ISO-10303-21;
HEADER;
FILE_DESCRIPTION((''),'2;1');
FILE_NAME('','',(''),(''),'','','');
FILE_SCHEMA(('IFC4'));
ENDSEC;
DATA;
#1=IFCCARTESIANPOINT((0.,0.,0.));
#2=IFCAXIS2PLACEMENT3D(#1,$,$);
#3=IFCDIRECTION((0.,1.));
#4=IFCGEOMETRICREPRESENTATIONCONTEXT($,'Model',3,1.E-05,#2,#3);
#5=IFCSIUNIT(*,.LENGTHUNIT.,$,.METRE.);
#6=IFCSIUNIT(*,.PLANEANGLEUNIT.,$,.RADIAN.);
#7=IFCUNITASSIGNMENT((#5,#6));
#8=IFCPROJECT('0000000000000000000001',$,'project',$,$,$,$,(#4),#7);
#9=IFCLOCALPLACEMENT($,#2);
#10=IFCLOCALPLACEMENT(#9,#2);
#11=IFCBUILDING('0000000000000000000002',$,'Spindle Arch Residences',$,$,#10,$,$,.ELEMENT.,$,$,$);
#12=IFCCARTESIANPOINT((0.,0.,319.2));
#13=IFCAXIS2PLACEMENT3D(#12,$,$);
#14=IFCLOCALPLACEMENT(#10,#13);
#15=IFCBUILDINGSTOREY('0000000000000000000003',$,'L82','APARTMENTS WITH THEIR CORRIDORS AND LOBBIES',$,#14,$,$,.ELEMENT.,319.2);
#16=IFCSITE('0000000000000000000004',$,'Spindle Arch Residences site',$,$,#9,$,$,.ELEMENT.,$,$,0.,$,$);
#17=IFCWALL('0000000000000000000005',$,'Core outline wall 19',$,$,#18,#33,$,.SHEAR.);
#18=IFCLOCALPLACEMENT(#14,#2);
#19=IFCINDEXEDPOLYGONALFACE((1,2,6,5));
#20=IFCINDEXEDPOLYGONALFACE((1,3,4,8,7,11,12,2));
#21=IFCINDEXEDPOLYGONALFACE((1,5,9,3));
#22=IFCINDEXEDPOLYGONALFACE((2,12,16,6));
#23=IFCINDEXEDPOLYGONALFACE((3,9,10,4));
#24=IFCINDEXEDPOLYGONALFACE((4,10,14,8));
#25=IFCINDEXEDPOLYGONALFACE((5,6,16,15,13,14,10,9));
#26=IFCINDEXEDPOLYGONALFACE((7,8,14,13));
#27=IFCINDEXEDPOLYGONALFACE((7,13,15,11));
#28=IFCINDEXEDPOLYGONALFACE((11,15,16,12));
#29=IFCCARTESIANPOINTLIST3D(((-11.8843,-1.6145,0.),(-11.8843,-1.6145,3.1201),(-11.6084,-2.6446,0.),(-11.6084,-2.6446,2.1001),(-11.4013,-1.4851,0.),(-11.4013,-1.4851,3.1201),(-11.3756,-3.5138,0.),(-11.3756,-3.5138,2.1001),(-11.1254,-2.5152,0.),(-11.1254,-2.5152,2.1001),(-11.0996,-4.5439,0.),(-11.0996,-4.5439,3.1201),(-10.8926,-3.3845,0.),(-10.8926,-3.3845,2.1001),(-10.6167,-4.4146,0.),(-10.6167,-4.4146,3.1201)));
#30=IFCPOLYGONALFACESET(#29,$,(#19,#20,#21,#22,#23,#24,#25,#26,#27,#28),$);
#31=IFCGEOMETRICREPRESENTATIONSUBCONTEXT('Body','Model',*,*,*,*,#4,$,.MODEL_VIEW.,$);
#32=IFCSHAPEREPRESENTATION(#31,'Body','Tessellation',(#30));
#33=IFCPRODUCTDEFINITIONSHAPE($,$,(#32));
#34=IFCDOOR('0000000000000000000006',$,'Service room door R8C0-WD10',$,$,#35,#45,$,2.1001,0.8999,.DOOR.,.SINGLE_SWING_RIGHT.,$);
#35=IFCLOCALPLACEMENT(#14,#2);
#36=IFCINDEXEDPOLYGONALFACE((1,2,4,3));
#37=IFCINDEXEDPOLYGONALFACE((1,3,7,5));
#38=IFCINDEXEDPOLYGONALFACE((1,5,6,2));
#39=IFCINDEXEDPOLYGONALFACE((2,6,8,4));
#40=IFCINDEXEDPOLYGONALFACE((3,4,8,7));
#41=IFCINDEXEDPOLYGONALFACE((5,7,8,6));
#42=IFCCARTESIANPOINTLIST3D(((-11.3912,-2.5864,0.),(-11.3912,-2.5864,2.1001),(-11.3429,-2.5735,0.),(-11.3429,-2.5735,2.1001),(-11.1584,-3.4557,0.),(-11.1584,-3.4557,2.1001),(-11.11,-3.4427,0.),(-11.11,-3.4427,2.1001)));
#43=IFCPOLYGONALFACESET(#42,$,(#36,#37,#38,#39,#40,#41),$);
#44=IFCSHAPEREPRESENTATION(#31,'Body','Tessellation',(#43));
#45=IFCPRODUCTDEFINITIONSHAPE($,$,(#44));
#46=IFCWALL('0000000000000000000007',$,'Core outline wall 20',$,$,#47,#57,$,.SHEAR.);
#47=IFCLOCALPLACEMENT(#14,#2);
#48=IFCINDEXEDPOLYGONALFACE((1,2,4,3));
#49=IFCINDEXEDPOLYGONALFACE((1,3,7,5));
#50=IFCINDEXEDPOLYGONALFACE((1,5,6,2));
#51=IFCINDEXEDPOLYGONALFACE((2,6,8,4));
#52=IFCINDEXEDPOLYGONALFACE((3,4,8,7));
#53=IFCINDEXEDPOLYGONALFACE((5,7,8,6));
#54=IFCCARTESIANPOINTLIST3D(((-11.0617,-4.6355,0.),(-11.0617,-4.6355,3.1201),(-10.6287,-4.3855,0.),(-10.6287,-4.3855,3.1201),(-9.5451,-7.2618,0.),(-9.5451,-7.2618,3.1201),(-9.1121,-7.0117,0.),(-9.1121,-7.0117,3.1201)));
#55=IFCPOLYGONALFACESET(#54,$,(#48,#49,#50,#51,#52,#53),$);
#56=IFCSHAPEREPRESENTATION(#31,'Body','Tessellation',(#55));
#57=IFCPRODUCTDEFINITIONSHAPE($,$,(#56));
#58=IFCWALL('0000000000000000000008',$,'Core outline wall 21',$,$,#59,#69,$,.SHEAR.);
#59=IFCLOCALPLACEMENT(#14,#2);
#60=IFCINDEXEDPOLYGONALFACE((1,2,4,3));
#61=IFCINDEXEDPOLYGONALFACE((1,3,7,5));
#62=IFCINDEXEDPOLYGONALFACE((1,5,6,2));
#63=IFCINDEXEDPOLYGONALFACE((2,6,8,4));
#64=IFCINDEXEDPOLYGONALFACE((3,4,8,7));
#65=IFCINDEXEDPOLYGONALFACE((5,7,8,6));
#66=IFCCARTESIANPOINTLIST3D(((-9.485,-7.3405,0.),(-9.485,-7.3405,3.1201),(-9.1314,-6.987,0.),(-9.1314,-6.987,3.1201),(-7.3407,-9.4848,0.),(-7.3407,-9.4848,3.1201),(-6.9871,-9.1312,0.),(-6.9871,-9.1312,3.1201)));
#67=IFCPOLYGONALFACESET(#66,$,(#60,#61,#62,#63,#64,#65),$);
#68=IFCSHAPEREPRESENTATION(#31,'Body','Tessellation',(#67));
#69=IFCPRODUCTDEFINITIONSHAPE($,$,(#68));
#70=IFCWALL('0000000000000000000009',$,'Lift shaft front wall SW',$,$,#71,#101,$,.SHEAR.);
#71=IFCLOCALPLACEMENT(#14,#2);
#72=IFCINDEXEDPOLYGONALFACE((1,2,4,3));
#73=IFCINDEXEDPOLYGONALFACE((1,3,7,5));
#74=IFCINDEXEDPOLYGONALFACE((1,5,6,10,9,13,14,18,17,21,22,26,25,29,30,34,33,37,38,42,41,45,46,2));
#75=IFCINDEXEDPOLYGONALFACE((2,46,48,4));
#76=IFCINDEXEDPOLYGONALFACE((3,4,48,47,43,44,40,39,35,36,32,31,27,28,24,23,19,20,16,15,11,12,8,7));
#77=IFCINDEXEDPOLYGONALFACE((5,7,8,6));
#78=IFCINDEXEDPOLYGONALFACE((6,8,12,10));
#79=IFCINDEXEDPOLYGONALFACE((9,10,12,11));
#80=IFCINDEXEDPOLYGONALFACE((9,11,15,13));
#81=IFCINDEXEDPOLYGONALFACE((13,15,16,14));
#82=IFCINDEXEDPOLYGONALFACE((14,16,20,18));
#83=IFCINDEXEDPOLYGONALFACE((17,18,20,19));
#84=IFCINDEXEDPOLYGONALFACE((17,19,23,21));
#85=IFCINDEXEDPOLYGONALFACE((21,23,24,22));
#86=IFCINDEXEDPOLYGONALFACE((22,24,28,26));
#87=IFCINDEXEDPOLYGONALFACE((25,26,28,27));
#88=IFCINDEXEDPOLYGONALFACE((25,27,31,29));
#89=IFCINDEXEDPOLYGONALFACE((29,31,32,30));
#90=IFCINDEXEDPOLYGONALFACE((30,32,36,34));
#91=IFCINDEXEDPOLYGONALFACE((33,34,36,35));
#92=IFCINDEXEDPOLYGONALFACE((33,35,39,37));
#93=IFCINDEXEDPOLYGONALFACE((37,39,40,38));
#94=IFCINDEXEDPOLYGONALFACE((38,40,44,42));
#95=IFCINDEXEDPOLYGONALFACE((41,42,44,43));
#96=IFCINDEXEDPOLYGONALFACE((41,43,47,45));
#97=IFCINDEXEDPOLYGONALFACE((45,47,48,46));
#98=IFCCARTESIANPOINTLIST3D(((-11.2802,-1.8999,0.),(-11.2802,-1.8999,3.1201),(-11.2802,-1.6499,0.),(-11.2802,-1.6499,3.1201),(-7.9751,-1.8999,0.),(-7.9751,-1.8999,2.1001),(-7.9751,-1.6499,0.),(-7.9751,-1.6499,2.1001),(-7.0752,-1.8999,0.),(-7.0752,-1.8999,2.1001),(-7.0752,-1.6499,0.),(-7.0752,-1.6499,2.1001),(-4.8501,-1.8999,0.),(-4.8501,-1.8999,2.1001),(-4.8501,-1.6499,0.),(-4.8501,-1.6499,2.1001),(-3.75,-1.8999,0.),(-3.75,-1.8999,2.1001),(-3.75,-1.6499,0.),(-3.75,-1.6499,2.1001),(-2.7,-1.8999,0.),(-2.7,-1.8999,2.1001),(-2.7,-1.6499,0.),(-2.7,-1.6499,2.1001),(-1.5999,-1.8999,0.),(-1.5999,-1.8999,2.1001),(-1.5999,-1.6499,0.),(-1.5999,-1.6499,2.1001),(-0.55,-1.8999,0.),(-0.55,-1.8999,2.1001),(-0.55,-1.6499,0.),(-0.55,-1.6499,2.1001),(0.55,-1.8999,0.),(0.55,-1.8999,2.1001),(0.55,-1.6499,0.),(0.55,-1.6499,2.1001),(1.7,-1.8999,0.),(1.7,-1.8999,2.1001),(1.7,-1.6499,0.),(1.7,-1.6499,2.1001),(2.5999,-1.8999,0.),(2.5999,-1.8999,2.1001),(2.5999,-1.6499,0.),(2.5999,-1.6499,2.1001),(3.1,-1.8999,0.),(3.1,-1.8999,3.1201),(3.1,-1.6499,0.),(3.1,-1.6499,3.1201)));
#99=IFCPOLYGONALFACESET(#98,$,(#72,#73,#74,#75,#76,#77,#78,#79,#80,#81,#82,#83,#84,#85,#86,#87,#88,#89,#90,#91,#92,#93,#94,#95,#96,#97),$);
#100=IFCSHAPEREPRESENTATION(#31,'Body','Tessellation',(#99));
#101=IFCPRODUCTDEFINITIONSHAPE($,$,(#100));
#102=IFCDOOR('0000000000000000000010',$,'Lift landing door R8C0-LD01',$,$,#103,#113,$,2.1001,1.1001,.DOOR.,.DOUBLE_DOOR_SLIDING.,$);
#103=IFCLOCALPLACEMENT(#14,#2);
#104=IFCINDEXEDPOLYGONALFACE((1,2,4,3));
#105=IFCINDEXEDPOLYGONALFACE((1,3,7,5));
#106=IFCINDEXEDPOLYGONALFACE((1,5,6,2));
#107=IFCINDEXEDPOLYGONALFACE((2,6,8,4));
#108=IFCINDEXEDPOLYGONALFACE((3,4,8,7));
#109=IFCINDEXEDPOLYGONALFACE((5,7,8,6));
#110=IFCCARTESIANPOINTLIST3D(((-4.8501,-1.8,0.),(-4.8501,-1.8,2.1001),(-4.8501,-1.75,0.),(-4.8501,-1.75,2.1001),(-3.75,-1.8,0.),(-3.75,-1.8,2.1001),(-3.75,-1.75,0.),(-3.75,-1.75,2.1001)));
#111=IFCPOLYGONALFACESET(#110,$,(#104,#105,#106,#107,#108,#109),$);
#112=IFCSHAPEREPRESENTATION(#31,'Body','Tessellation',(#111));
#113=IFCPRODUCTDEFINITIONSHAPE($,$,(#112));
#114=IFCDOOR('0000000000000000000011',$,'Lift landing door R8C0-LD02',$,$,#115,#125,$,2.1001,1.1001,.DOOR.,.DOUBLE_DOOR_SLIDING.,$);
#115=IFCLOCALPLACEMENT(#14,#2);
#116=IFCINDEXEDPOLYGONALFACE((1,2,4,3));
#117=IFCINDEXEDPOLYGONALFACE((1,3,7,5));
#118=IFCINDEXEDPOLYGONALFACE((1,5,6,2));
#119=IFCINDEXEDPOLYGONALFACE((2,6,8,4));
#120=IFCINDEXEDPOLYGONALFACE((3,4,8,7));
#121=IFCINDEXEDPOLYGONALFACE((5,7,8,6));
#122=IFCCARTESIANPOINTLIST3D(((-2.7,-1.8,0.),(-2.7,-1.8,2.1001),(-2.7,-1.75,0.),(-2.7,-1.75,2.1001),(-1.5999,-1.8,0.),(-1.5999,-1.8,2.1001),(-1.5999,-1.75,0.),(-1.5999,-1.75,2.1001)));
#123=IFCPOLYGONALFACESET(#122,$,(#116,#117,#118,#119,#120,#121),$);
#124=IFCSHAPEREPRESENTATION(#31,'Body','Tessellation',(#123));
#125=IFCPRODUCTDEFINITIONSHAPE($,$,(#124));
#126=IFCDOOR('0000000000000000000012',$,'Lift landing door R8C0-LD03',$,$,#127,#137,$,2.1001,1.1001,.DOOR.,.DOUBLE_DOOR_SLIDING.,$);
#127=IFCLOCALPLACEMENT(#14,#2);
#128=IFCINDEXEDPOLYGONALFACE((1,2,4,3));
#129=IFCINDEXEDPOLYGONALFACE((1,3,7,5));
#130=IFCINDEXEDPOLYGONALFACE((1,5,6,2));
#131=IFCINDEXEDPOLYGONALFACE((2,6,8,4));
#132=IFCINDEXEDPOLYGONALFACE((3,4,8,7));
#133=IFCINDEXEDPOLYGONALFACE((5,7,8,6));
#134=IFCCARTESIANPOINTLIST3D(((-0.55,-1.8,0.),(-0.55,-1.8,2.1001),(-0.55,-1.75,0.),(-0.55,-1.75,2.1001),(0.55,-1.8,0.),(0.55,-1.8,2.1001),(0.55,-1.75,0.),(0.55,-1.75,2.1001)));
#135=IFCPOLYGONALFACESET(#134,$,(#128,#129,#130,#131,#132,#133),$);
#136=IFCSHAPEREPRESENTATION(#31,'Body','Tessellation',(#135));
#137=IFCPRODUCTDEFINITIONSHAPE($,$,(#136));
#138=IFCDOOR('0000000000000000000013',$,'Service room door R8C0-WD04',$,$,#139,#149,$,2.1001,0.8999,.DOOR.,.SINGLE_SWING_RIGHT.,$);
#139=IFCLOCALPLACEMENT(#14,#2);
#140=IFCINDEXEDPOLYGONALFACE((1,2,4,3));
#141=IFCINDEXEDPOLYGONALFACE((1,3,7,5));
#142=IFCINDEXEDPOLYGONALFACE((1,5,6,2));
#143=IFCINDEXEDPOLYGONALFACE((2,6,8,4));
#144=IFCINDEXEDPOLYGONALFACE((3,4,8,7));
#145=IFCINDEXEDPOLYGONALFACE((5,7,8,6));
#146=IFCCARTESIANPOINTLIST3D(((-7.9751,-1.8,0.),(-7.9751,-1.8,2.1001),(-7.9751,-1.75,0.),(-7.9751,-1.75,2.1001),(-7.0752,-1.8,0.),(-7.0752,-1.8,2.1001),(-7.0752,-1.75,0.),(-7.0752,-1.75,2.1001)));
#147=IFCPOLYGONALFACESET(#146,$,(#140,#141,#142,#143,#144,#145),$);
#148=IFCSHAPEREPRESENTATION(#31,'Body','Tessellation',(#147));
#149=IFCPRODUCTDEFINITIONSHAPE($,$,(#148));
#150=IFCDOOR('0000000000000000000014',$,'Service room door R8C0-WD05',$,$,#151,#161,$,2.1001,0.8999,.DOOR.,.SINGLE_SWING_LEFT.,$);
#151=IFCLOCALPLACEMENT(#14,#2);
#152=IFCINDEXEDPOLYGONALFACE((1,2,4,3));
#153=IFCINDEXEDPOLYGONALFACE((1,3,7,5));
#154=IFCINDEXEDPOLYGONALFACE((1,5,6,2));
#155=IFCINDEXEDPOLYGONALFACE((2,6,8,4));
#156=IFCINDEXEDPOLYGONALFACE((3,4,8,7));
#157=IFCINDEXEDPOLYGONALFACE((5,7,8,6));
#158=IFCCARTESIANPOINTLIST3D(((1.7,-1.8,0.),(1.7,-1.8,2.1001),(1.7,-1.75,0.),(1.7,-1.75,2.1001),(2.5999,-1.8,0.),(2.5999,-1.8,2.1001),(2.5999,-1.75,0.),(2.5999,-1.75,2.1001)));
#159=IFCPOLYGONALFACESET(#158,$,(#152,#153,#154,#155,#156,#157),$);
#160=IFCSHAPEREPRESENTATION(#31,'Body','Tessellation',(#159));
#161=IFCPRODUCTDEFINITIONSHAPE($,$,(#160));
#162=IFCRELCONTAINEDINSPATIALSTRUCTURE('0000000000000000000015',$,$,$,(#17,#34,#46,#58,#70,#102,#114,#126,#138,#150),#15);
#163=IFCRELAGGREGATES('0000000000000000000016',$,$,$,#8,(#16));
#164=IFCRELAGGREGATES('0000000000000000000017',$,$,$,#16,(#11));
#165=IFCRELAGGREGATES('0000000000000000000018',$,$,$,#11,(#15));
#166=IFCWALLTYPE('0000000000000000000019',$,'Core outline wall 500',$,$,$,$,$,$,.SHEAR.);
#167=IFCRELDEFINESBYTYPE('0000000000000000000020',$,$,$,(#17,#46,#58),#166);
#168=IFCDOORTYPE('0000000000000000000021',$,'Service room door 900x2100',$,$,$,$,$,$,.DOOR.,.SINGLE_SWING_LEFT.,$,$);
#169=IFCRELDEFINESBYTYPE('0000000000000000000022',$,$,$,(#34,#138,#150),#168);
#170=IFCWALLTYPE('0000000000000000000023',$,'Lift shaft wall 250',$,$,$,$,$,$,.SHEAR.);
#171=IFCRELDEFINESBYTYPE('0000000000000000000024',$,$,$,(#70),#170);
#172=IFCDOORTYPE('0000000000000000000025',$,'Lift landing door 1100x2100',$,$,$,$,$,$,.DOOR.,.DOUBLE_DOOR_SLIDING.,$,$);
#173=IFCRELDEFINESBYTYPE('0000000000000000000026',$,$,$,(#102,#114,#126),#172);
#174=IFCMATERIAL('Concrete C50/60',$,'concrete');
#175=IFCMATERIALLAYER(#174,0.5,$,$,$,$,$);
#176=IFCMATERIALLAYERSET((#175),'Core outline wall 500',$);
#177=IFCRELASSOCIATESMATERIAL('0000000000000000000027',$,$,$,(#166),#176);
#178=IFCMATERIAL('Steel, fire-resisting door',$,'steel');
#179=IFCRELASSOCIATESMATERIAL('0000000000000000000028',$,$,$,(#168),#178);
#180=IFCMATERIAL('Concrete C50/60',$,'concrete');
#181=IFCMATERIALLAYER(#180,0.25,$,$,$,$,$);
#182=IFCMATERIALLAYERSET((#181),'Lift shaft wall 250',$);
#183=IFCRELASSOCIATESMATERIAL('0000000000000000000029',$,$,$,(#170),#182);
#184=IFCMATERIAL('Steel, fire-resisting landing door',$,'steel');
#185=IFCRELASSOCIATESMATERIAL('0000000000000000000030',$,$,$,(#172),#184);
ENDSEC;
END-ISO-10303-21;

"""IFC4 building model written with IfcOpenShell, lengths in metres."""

from ifc_helpers import new_model, si_unit, direction, frame, frame_2d, origin, place, context, subcontext, project, spatial, rectangle, extrude, material, layer, layer_set, type_object, element, fill, save


model = new_model("IFC4")

# Units and contexts
model_context = context("Model", 3, precision=1e-05, world=origin(), true_north=direction((0.0, 1.0)))
body_context = subcontext(model_context, "Body", "Model", "MODEL_VIEW")
ifc_project = project(units=[si_unit("LENGTHUNIT", "METRE"), si_unit("PLANEANGLEUNIT", "RADIAN")], contexts=[model_context])

# Site, building, storey
site_placement = place(None, origin())
site = spatial("IfcSite", under=ifc_project, at=site_placement, Name="Spindle Arch Residences site", CompositionType="ELEMENT", RefElevation=0.0)
building_placement = place(site_placement, origin())
building = spatial("IfcBuilding", under=site, at=building_placement, Name="Spindle Arch Residences", CompositionType="ELEMENT")
storey_placement = place(building_placement, frame((0.0, 0.0, 319.2)))
storey = spatial("IfcBuildingStorey", under=building, at=storey_placement, Name="L82", Description="APARTMENTS WITH THEIR CORRIDORS AND LOBBIES", CompositionType="ELEMENT", Elevation=319.2)

# Wall, opening, door
ifc_material_1 = material(Name="Concrete C50/60", Category="concrete")
ifc_layer_1 = layer(ifc_material_1, 0.5)
ifc_layer_set_1 = layer_set([ifc_layer_1], Name="Core outline wall 500")
wall_type_1 = type_object("IfcWallType", Name="Core outline wall 500", PredefinedType="SHEAR", material=ifc_layer_set_1)
wall_1_placement = place(storey_placement, frame((-11.6428, -1.5498, 0.0), z_axis=(0.0, 0.0, 1.0), x_axis=(0.258735, -0.965948, 0.0)))
wall_1 = element("IfcWall", 1, at=wall_1_placement, inside=storey, type_object=wall_type_1, Name="Core outline wall 19", PredefinedType="SHEAR", context=body_context, shape_type="SweptSolid", body=[
    extrude(rectangle(XDim=3.0327, YDim=0.5, at=frame_2d((1.5164, 0.0))), origin(), (0.0, 0.0, 1.0), 3.1201),
])
opening_1_placement = place(wall_1_placement, frame((1.0664, 0.0, 0.0)))
opening_1 = element("IfcOpeningElement", 2, at=opening_1_placement, cuts=wall_1, PredefinedType="OPENING", context=body_context, shape_type="SweptSolid", body=[
    extrude(rectangle(XDim=0.8999, YDim=2.1001, at=frame_2d((0.45, 1.05))), frame((0.0, 0.26, 0.0), z_axis=(0.0, -1.0, 0.0), x_axis=(1.0, 0.0, 0.0)), (0.0, 0.0, 1.0), 0.52),
])
ifc_material_2 = material(Name="Steel, fire-resisting door", Category="steel")
door_type_1 = type_object("IfcDoorType", Name="Service room door 900x2100", OperationType="SINGLE_SWING_LEFT", PredefinedType="DOOR", material=ifc_material_2)
door_1_placement = place(opening_1_placement, origin())
door_1 = element("IfcDoor", 3, at=door_1_placement, inside=storey, type_object=door_type_1, Name="Service room door R8C0-WD10", OperationType="SINGLE_SWING_RIGHT", OverallHeight=2.1001, OverallWidth=0.8999, PredefinedType="DOOR", context=body_context, shape_type="SweptSolid", body=[
    extrude(rectangle(XDim=0.8999, YDim=2.1001, at=frame_2d((0.45, 1.05))), frame((0.0, 0.0249, 0.0), z_axis=(0.0, -1.0, 0.0), x_axis=(1.0, 0.0, 0.0)), (0.0, 0.0, 1.0), 0.05),
])
fill(opening_1, door_1)

# Walls
wall_2_placement = place(storey_placement, frame((-10.8452, -4.5105, 0.0), z_axis=(0.0, 0.0, 1.0), x_axis=(0.500087, -0.865975, 0.0)))
element("IfcWall", 4, at=wall_2_placement, inside=storey, type_object=wall_type_1, Name="Core outline wall 20", PredefinedType="SHEAR", context=body_context, shape_type="SweptSolid", body=[
    extrude(rectangle(XDim=3.0327, YDim=0.5, at=frame_2d((1.5164, 0.0))), origin(), (0.0, 0.0, 1.0), 3.1201),
])
wall_3_placement = place(storey_placement, frame((-9.3081, -7.1638, 0.0), z_axis=(0.0, 0.0, 1.0), x_axis=(0.707107, -0.707107, 0.0)))
element("IfcWall", 5, at=wall_3_placement, inside=storey, type_object=wall_type_1, Name="Core outline wall 21", PredefinedType="SHEAR", context=body_context, shape_type="SweptSolid", body=[
    extrude(rectangle(XDim=3.0325, YDim=0.5, at=frame_2d((1.5161, 0.0))), origin(), (0.0, 0.0, 1.0), 3.1201),
])

# Wall, openings, doors
ifc_material_3 = material(Name="Concrete C50/60", Category="concrete")
ifc_layer_2 = layer(ifc_material_3, 0.25)
ifc_layer_set_2 = layer_set([ifc_layer_2], Name="Lift shaft wall 250")
wall_type_2 = type_object("IfcWallType", Name="Lift shaft wall 250", PredefinedType="SHEAR", material=ifc_layer_set_2)
wall_4_placement = place(storey_placement, frame((-11.28, -1.7749, 0.0), z_axis=(0.0, 0.0, 1.0), x_axis=(1.0, 0.0, 0.0)))
wall_4 = element("IfcWall", 6, at=wall_4_placement, inside=storey, type_object=wall_type_2, Name="Lift shaft front wall SW", PredefinedType="SHEAR", context=body_context, shape_type="SweptSolid", body=[
    extrude(rectangle(XDim=14.3801, YDim=0.25, at=frame_2d((7.1899, 0.0))), origin(), (0.0, 0.0, 1.0), 3.1201),
])
opening_2_placement = place(wall_4_placement, frame((6.4299, 0.0, 0.0)))
opening_2 = element("IfcOpeningElement", 7, at=opening_2_placement, cuts=wall_4, PredefinedType="OPENING", context=body_context, shape_type="SweptSolid", body=[
    extrude(rectangle(XDim=1.1001, YDim=2.1001, at=frame_2d((0.55, 1.05))), frame((0.0, 0.135, 0.0), z_axis=(0.0, -1.0, 0.0), x_axis=(1.0, 0.0, 0.0)), (0.0, 0.0, 1.0), 0.27),
])
opening_3_placement = place(wall_4_placement, frame((8.5801, 0.0, 0.0)))
opening_3 = element("IfcOpeningElement", 8, at=opening_3_placement, cuts=wall_4, PredefinedType="OPENING", context=body_context, shape_type="SweptSolid", body=[
    extrude(rectangle(XDim=1.1001, YDim=2.1001, at=frame_2d((0.55, 1.05))), frame((0.0, 0.135, 0.0), z_axis=(0.0, -1.0, 0.0), x_axis=(1.0, 0.0, 0.0)), (0.0, 0.0, 1.0), 0.27),
])
opening_4_placement = place(wall_4_placement, frame((10.73, 0.0, 0.0)))
opening_4 = element("IfcOpeningElement", 9, at=opening_4_placement, cuts=wall_4, PredefinedType="OPENING", context=body_context, shape_type="SweptSolid", body=[
    extrude(rectangle(XDim=1.1001, YDim=2.1001, at=frame_2d((0.55, 1.05))), frame((0.0, 0.135, 0.0), z_axis=(0.0, -1.0, 0.0), x_axis=(1.0, 0.0, 0.0)), (0.0, 0.0, 1.0), 0.27),
])
opening_5_placement = place(wall_4_placement, frame((3.3049, 0.0, 0.0)))
opening_5 = element("IfcOpeningElement", 10, at=opening_5_placement, cuts=wall_4, PredefinedType="OPENING", context=body_context, shape_type="SweptSolid", body=[
    extrude(rectangle(XDim=0.8999, YDim=2.1001, at=frame_2d((0.45, 1.05))), frame((0.0, 0.135, 0.0), z_axis=(0.0, -1.0, 0.0), x_axis=(1.0, 0.0, 0.0)), (0.0, 0.0, 1.0), 0.27),
])
opening_6_placement = place(wall_4_placement, frame((12.98, 0.0, 0.0)))
opening_6 = element("IfcOpeningElement", 11, at=opening_6_placement, cuts=wall_4, PredefinedType="OPENING", context=body_context, shape_type="SweptSolid", body=[
    extrude(rectangle(XDim=0.8999, YDim=2.1001, at=frame_2d((0.45, 1.05))), frame((0.0, 0.135, 0.0), z_axis=(0.0, -1.0, 0.0), x_axis=(1.0, 0.0, 0.0)), (0.0, 0.0, 1.0), 0.27),
])
ifc_material_4 = material(Name="Steel, fire-resisting landing door", Category="steel")
door_type_2 = type_object("IfcDoorType", Name="Lift landing door 1100x2100", OperationType="DOUBLE_DOOR_SLIDING", PredefinedType="DOOR", material=ifc_material_4)
door_2_placement = place(opening_2_placement, origin())
door_2 = element("IfcDoor", 12, at=door_2_placement, inside=storey, type_object=door_type_2, Name="Lift landing door R8C0-LD01", OperationType="DOUBLE_DOOR_SLIDING", OverallHeight=2.1001, OverallWidth=1.1001, PredefinedType="DOOR", context=body_context, shape_type="SweptSolid", body=[
    extrude(rectangle(XDim=1.1001, YDim=2.1001, at=frame_2d((0.55, 1.05))), frame((0.0, 0.0249, 0.0), z_axis=(0.0, -1.0, 0.0), x_axis=(1.0, 0.0, 0.0)), (0.0, 0.0, 1.0), 0.05),
])
fill(opening_2, door_2)
door_3_placement = place(opening_3_placement, origin())
door_3 = element("IfcDoor", 13, at=door_3_placement, inside=storey, type_object=door_type_2, Name="Lift landing door R8C0-LD02", OperationType="DOUBLE_DOOR_SLIDING", OverallHeight=2.1001, OverallWidth=1.1001, PredefinedType="DOOR", context=body_context, shape_type="SweptSolid", body=[
    extrude(rectangle(XDim=1.1001, YDim=2.1001, at=frame_2d((0.55, 1.05))), frame((0.0, 0.0249, 0.0), z_axis=(0.0, -1.0, 0.0), x_axis=(1.0, 0.0, 0.0)), (0.0, 0.0, 1.0), 0.05),
])
fill(opening_3, door_3)
door_4_placement = place(opening_4_placement, origin())
door_4 = element("IfcDoor", 14, at=door_4_placement, inside=storey, type_object=door_type_2, Name="Lift landing door R8C0-LD03", OperationType="DOUBLE_DOOR_SLIDING", OverallHeight=2.1001, OverallWidth=1.1001, PredefinedType="DOOR", context=body_context, shape_type="SweptSolid", body=[
    extrude(rectangle(XDim=1.1001, YDim=2.1001, at=frame_2d((0.55, 1.05))), frame((0.0, 0.0249, 0.0), z_axis=(0.0, -1.0, 0.0), x_axis=(1.0, 0.0, 0.0)), (0.0, 0.0, 1.0), 0.05),
])
fill(opening_4, door_4)
door_5_placement = place(opening_5_placement, origin())
door_5 = element("IfcDoor", 15, at=door_5_placement, inside=storey, type_object=door_type_1, Name="Service room door R8C0-WD04", OperationType="SINGLE_SWING_RIGHT", OverallHeight=2.1001, OverallWidth=0.8999, PredefinedType="DOOR", context=body_context, shape_type="SweptSolid", body=[
    extrude(rectangle(XDim=0.8999, YDim=2.1001, at=frame_2d((0.45, 1.05))), frame((0.0, 0.0249, 0.0), z_axis=(0.0, -1.0, 0.0), x_axis=(1.0, 0.0, 0.0)), (0.0, 0.0, 1.0), 0.05),
])
fill(opening_5, door_5)
door_6_placement = place(opening_6_placement, origin())
door_6 = element("IfcDoor", 16, at=door_6_placement, inside=storey, type_object=door_type_1, Name="Service room door R8C0-WD05", OperationType="SINGLE_SWING_LEFT", OverallHeight=2.1001, OverallWidth=0.8999, PredefinedType="DOOR", context=body_context, shape_type="SweptSolid", body=[
    extrude(rectangle(XDim=0.8999, YDim=2.1001, at=frame_2d((0.45, 1.05))), frame((0.0, 0.0249, 0.0), z_axis=(0.0, -1.0, 0.0), x_axis=(1.0, 0.0, 0.0)), (0.0, 0.0, 1.0), 0.05),
])
fill(opening_6, door_6)

save(model, "model.ifc")
